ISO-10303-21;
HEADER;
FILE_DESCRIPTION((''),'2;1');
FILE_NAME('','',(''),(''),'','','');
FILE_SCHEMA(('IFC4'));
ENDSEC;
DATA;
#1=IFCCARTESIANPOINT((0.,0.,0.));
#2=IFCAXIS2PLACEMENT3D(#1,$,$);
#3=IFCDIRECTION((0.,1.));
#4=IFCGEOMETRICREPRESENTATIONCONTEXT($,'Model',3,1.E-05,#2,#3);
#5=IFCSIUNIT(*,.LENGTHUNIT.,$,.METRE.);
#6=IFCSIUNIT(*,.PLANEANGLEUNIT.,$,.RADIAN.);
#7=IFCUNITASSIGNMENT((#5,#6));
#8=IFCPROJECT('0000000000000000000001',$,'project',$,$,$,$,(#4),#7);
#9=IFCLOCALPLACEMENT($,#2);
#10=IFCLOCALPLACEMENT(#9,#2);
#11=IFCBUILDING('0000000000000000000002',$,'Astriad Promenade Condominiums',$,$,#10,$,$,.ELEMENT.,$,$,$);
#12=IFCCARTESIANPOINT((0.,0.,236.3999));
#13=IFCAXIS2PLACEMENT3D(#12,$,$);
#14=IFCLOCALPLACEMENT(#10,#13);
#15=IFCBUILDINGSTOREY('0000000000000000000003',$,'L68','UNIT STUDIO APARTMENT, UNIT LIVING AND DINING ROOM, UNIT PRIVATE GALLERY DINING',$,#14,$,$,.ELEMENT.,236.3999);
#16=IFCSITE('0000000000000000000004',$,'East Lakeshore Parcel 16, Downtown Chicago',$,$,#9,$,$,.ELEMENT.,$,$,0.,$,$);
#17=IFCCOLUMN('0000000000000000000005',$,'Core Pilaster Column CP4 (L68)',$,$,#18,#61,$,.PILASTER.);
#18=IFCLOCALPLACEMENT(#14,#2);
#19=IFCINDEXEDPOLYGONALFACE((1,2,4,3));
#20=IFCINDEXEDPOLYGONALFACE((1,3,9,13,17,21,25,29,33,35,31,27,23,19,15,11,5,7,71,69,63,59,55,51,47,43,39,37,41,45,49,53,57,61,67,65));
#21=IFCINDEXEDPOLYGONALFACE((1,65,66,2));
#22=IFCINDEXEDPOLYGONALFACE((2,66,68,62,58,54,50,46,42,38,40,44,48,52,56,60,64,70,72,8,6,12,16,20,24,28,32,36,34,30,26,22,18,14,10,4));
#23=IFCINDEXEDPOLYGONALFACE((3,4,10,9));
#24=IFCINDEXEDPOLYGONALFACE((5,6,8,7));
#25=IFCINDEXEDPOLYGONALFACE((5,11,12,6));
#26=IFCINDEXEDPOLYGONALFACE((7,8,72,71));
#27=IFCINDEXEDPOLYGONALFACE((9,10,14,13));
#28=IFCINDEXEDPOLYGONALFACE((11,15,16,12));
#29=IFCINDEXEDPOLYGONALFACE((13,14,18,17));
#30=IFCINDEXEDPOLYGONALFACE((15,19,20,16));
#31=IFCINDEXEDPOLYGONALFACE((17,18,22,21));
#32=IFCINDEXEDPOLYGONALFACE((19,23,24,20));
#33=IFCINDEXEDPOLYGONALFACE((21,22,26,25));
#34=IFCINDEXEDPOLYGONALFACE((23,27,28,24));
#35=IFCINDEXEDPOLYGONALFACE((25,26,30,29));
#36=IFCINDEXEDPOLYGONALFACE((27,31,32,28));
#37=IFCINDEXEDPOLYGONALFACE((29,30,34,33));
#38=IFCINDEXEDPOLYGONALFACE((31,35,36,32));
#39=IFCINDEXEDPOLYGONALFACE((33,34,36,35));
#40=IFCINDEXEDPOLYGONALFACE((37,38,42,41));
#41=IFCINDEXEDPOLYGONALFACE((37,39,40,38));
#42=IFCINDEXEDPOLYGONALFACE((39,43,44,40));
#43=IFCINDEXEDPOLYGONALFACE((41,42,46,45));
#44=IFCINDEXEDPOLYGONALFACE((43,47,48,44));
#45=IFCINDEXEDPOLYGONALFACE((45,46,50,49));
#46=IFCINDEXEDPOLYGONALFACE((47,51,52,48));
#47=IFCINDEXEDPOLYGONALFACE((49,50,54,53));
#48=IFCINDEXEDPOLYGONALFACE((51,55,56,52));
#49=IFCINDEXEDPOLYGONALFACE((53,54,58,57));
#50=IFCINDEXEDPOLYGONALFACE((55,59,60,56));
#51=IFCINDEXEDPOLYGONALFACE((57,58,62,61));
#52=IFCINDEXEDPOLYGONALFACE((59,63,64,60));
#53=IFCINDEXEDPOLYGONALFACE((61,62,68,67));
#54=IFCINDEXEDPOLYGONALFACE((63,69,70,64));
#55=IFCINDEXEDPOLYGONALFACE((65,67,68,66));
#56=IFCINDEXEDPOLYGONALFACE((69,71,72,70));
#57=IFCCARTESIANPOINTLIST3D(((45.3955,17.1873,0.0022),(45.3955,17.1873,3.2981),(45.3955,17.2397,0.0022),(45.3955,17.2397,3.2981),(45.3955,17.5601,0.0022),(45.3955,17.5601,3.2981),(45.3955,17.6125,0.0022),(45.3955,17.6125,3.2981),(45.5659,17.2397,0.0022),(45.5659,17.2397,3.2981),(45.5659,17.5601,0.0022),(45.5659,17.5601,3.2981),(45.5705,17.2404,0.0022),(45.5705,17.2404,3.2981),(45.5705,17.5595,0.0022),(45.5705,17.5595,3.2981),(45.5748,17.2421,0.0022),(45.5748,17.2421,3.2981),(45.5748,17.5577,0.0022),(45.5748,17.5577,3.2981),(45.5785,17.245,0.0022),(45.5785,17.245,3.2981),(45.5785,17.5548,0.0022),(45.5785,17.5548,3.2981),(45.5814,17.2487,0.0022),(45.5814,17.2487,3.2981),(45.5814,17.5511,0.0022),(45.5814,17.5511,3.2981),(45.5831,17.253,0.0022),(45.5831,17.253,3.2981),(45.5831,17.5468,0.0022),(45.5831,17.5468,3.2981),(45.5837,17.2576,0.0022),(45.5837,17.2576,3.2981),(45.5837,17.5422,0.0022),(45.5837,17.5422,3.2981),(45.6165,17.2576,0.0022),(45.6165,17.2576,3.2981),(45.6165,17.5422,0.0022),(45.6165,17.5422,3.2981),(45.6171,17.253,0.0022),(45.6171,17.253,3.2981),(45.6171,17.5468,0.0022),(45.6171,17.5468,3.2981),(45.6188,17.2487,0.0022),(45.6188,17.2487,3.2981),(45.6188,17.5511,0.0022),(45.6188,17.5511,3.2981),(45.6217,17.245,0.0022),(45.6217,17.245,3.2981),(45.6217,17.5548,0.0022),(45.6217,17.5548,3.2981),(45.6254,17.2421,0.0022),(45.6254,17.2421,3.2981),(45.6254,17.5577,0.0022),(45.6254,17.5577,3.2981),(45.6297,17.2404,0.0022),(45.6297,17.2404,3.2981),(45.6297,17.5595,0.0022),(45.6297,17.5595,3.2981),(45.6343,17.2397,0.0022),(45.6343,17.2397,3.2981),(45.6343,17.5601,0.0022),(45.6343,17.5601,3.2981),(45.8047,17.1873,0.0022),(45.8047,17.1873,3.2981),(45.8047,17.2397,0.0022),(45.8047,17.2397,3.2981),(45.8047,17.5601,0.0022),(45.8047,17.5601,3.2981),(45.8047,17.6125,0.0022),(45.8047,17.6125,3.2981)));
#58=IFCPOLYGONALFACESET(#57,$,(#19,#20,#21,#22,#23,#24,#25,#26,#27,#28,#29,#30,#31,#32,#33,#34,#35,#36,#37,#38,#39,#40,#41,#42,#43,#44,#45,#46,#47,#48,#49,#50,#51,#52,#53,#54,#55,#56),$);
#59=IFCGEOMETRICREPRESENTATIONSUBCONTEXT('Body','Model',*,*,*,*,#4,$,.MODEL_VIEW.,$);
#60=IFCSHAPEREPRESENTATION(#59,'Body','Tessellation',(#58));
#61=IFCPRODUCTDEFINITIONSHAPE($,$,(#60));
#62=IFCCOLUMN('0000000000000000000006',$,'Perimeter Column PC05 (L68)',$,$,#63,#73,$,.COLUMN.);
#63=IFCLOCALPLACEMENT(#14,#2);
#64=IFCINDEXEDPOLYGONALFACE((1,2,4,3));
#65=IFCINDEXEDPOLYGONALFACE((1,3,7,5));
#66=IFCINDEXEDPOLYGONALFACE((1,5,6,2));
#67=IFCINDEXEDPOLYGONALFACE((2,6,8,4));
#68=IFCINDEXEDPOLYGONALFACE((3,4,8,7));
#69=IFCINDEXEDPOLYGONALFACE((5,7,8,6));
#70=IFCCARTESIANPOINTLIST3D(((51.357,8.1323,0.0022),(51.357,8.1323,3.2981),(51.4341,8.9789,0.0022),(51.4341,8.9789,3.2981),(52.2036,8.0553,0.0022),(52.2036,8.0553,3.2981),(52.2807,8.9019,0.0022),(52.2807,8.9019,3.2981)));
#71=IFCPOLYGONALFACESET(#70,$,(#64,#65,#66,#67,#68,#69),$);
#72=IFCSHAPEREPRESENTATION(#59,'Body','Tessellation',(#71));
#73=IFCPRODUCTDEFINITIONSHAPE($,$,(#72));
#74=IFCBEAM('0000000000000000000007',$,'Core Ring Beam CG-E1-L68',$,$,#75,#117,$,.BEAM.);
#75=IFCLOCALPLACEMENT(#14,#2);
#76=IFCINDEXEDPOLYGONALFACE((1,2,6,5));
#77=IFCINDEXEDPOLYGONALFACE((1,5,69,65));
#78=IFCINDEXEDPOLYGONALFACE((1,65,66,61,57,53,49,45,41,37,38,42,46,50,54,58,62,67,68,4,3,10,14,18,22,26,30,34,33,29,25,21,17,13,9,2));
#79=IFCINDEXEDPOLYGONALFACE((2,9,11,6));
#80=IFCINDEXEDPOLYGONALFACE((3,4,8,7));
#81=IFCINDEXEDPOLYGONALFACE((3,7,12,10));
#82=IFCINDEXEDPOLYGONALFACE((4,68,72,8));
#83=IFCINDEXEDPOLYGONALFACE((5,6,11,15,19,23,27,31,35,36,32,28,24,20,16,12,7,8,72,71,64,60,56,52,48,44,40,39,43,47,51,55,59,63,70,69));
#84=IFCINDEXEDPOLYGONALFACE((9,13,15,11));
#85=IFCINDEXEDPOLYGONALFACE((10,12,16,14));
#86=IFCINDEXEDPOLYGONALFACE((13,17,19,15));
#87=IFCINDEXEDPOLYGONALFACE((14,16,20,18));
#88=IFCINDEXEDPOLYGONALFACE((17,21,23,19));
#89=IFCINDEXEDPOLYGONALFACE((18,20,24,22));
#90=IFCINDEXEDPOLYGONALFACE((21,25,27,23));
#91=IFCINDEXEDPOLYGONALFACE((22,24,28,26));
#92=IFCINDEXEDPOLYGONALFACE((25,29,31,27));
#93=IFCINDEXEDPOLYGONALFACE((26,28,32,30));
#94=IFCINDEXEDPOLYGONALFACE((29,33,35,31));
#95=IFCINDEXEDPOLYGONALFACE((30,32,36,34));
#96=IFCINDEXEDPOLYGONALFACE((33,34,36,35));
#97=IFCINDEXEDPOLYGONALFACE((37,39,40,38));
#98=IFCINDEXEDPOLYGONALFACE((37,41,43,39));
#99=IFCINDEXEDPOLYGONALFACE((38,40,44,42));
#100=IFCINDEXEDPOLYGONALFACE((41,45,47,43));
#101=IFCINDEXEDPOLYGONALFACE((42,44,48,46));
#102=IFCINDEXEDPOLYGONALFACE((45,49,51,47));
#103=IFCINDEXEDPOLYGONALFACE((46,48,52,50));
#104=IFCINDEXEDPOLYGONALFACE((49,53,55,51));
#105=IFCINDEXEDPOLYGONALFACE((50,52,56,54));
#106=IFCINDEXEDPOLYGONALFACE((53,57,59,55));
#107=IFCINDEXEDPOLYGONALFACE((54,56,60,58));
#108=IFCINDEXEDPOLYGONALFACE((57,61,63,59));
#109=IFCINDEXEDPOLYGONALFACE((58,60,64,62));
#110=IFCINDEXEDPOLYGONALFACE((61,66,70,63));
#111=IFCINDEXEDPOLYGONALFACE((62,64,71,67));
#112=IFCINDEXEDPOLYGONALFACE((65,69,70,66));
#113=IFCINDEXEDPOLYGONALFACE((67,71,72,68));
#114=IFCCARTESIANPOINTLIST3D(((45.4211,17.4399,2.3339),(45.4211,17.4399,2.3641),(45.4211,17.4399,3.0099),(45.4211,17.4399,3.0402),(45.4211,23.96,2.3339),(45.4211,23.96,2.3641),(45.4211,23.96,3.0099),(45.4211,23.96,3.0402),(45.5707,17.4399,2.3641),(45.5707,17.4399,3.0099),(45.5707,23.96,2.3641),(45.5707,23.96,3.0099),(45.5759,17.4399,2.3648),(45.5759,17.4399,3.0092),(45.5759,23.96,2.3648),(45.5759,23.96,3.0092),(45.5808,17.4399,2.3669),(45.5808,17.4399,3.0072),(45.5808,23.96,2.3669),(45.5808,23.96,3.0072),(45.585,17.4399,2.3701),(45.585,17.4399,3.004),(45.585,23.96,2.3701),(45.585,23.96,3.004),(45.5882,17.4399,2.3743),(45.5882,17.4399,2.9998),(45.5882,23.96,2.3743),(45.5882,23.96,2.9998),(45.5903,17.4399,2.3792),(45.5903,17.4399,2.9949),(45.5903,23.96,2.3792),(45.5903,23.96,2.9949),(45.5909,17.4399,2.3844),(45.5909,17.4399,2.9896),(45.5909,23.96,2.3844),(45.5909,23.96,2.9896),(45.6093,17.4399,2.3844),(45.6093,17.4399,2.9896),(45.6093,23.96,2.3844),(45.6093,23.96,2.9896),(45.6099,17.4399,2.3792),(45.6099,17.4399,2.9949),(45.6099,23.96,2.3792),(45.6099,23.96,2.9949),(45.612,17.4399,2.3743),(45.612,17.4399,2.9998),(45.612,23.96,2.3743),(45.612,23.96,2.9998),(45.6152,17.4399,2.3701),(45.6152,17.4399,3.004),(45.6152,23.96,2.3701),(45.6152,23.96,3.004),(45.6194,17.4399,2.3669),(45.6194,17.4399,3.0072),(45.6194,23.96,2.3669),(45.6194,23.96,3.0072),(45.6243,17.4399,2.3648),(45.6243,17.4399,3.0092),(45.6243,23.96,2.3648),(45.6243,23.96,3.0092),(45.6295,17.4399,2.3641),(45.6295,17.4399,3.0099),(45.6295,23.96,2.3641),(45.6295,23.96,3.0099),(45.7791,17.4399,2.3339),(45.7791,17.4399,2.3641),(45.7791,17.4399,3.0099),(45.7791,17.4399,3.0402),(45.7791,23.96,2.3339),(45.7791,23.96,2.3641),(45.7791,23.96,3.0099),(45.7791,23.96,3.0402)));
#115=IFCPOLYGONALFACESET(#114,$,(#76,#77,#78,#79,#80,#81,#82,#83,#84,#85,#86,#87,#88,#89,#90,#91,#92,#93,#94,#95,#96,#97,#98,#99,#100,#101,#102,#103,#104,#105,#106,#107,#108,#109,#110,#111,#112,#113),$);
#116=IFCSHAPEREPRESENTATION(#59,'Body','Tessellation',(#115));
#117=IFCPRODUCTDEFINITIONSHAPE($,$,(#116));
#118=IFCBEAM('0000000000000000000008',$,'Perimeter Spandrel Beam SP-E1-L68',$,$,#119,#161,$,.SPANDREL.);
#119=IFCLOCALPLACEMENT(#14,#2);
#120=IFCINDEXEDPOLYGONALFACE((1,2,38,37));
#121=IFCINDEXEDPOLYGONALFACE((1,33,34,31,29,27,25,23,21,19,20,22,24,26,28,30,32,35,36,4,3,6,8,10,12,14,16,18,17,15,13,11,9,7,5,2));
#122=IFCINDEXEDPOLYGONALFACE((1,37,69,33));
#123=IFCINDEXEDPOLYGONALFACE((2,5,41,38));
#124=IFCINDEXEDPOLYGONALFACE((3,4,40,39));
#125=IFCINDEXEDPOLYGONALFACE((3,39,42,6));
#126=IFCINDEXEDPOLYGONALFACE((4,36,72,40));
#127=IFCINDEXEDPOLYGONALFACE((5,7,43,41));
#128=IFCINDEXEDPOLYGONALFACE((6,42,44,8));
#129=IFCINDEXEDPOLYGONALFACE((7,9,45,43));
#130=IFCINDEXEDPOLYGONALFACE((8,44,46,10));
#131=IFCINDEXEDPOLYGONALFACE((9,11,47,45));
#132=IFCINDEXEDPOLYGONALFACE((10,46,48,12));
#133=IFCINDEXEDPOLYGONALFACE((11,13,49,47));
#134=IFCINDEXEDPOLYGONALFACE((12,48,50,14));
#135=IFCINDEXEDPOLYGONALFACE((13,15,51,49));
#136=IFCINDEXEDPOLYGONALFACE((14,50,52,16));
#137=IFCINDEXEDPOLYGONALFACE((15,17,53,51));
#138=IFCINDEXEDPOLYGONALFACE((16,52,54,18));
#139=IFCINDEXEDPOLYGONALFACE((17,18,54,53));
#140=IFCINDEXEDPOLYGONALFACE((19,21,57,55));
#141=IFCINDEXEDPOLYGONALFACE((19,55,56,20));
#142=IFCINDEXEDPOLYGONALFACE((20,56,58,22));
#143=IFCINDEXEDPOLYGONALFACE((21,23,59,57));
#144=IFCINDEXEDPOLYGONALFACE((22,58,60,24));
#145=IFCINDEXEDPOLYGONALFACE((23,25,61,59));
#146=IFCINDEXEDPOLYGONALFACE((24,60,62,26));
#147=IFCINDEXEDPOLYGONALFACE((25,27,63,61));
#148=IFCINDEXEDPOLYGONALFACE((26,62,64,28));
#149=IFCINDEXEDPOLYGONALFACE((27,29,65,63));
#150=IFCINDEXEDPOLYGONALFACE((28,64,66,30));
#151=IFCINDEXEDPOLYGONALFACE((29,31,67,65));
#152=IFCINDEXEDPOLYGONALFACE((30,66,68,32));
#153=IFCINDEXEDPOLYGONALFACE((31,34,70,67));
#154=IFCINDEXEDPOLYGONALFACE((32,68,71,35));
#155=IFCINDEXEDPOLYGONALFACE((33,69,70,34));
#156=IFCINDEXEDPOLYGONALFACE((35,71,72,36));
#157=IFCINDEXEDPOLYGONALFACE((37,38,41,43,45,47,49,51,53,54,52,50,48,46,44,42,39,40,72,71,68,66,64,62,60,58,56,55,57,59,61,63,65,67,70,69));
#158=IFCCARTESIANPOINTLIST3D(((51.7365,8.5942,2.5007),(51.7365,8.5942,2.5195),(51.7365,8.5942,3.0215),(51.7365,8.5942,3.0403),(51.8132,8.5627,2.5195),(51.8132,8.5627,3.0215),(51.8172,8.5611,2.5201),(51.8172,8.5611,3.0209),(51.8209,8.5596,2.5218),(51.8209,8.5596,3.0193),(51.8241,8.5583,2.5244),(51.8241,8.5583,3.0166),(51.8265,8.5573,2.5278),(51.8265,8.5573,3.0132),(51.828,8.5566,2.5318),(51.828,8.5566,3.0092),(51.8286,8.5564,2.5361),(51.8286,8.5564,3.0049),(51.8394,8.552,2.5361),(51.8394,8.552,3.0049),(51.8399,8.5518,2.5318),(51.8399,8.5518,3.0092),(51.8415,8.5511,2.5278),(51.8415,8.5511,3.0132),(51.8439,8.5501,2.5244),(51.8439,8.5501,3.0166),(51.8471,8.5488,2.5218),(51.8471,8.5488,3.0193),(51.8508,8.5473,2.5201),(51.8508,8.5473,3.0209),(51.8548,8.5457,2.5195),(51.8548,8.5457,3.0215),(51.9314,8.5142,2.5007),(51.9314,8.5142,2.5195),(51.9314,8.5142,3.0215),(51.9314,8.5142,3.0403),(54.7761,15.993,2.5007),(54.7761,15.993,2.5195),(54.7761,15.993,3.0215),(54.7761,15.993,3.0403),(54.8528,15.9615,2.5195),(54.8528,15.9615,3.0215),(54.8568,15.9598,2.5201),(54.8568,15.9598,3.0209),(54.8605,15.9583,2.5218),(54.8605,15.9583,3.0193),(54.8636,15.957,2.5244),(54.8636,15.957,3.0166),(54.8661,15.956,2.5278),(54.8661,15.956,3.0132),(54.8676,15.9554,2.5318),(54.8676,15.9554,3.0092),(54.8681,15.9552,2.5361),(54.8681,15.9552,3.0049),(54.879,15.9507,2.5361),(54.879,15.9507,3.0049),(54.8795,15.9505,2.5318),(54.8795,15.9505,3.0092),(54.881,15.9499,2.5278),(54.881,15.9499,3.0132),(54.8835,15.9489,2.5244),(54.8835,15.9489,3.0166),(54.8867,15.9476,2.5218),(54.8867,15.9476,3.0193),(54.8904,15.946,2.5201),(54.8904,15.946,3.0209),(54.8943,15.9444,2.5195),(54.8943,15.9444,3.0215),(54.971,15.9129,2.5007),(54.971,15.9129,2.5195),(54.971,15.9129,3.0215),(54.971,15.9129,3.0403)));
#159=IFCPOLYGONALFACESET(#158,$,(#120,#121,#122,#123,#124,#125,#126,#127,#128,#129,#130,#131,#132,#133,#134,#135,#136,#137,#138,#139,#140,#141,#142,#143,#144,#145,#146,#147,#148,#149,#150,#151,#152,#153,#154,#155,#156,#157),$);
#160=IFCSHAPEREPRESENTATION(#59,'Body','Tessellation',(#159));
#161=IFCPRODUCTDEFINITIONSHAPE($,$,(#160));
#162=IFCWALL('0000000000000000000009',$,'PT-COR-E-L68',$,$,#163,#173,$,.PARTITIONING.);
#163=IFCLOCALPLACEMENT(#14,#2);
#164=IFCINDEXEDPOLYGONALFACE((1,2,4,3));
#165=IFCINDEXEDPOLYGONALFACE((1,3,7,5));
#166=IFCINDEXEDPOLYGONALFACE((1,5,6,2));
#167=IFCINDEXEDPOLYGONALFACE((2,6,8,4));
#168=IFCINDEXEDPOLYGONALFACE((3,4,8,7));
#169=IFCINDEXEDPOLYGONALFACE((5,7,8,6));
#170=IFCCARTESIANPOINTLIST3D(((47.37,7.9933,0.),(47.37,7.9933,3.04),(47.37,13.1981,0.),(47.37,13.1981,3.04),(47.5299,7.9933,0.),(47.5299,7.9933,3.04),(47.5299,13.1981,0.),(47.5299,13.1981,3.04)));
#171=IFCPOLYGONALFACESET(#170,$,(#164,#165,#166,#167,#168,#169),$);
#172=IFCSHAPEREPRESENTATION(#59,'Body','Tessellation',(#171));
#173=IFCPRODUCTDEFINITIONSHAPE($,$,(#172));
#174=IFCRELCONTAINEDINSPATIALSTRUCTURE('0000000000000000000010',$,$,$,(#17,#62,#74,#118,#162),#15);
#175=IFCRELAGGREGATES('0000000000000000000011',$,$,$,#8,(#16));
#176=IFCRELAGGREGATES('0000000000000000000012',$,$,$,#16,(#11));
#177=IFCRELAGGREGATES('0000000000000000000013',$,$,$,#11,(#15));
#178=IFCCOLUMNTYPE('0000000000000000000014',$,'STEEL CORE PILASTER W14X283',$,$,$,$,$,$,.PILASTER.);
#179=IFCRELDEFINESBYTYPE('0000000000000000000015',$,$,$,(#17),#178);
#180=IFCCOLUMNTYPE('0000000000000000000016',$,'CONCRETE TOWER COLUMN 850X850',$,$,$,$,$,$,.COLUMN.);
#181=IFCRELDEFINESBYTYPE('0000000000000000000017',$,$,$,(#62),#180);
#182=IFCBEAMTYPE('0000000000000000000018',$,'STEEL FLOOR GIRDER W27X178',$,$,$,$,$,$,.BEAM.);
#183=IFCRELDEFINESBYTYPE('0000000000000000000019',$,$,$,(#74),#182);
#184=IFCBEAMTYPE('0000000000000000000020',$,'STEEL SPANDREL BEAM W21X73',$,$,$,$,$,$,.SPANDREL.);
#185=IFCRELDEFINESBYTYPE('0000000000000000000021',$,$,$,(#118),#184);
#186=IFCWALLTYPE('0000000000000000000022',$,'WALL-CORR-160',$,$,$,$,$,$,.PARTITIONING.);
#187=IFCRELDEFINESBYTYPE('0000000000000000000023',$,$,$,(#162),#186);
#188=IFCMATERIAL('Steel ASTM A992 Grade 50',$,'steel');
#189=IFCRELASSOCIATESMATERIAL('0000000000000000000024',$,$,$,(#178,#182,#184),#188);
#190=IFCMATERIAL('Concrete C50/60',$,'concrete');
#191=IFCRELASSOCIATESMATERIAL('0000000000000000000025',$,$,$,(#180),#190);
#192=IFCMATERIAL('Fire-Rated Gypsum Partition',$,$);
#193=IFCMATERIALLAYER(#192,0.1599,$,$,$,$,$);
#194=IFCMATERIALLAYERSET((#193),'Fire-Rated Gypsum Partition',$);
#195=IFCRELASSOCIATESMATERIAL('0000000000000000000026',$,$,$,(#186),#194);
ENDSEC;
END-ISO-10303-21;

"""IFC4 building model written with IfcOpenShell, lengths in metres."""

from ifc_helpers import new_model, si_unit, direction, frame, frame_2d, origin, origin_2d, place, context, subcontext, project, spatial, rectangle, i_section, extrude, source, transform, mapped, material, layer, layer_set, material_profile, profile_set, type_object, type_shapes, element, save


model = new_model("IFC4")

# Units and contexts
model_context = context("Model", 3, precision=1e-05, world=origin(), true_north=direction((0.0, 1.0)))
body_context = subcontext(model_context, "Body", "Model", "MODEL_VIEW")
ifc_project = project(units=[si_unit("LENGTHUNIT", "METRE"), si_unit("PLANEANGLEUNIT", "RADIAN")], contexts=[model_context])

# Site, building, storey
site_placement = place(None, origin())
site = spatial("IfcSite", under=ifc_project, at=site_placement, Name="East Lakeshore Parcel 16, Downtown Chicago", CompositionType="ELEMENT", RefElevation=0.0)
building_placement = place(site_placement, origin())
building = spatial("IfcBuilding", under=site, at=building_placement, Name="Astriad Promenade Condominiums", CompositionType="ELEMENT")
storey_placement = place(building_placement, frame((0.0, 0.0, 236.3999)))
storey = spatial("IfcBuildingStorey", under=building, at=storey_placement, Name="L68", Description="UNIT STUDIO APARTMENT, UNIT LIVING AND DINING ROOM, UNIT PRIVATE GALLERY DINING", CompositionType="ELEMENT", Elevation=236.3999)

# Columns
ifc_material_1 = material(Name="Steel ASTM A992 Grade 50", Category="steel")
ifc_material_profile_1 = material_profile(ifc_material_1, i_section(OverallWidth=0.4092, OverallDepth=0.4253, WebThickness=0.0327, FlangeThickness=0.0525, FilletRadius=0.0178, at=origin_2d()), Name="W14X283")
ifc_profile_set_1 = profile_set([ifc_material_profile_1], Name="Steel ASTM A992 Grade 50")
column_type_1 = type_object("IfcColumnType", Name="STEEL CORE PILASTER W14X283", PredefinedType="PILASTER", material=ifc_profile_set_1)
shared_shape_1 = source(origin(), body_context, "Body", "SweptSolid", [
    extrude(i_section(OverallWidth=0.4092, OverallDepth=0.4253, WebThickness=0.0327, FlangeThickness=0.0525, FilletRadius=0.0178, at=origin_2d()), origin(), (0.0, 0.0, 1.0), 3.2959),
])
type_shapes(column_type_1, [shared_shape_1])
column_1_placement = place(storey_placement, frame((45.6001, 17.3999, 0.0022), z_axis=(0.0, 0.0, 1.0), x_axis=(1.0, 0.0, 0.0)))
element("IfcColumn", 1, at=column_1_placement, inside=storey, type_object=column_type_1, Name="Core Pilaster Column CP4 (L68)", PredefinedType="PILASTER", context=body_context, shape_type="MappedRepresentation", body=[
    mapped(shared_shape_1, transform((0.0, 0.0, 0.0), scale=1.0)),
])
ifc_material_2 = material(Name="Concrete C50/60", Category="concrete")
ifc_material_profile_2 = material_profile(ifc_material_2, rectangle(XDim=0.8501, YDim=0.8501, at=origin_2d()), Name="RC-COL-850X850")
ifc_profile_set_2 = profile_set([ifc_material_profile_2], Name="Concrete C50/60")
column_type_2 = type_object("IfcColumnType", Name="CONCRETE TOWER COLUMN 850X850", PredefinedType="COLUMN", material=ifc_profile_set_2)
shared_shape_2 = source(origin(), body_context, "Body", "SweptSolid", [
    extrude(rectangle(XDim=0.8501, YDim=0.8501, at=origin_2d()), origin(), (0.0, 0.0, 1.0), 3.2959),
])
type_shapes(column_type_2, [shared_shape_2])
column_2_placement = place(storey_placement, frame((51.8188, 8.5171, 0.0022), z_axis=(0.0, 0.0, 1.0), x_axis=(0.995884, -0.090633, 0.0)))
element("IfcColumn", 2, at=column_2_placement, inside=storey, type_object=column_type_2, Name="Perimeter Column PC05 (L68)", PredefinedType="COLUMN", context=body_context, shape_type="MappedRepresentation", body=[
    mapped(shared_shape_2, transform((0.0, 0.0, 0.0), scale=1.0)),
])

# Beams
ifc_material_profile_3 = material_profile(ifc_material_1, i_section(OverallWidth=0.3579, OverallDepth=0.7063, WebThickness=0.0183, FlangeThickness=0.0303, FilletRadius=0.0203, at=origin_2d()), Name="W27X178")
ifc_profile_set_3 = profile_set([ifc_material_profile_3], Name="Steel ASTM A992 Grade 50")
beam_type_1 = type_object("IfcBeamType", Name="STEEL FLOOR GIRDER W27X178", PredefinedType="BEAM", material=ifc_profile_set_3)
shared_shape_3 = source(origin(), body_context, "Body", "SweptSolid", [
    extrude(i_section(OverallWidth=0.3579, OverallDepth=0.7063, WebThickness=0.0183, FlangeThickness=0.0303, FilletRadius=0.0203, at=origin_2d()), origin(), (0.0, 0.0, 1.0), 6.52),
])
type_shapes(beam_type_1, [shared_shape_3])
beam_1_placement = place(storey_placement, frame((45.6001, 17.4399, 2.687), z_axis=(0.0, 1.0, 0.0), x_axis=(-1.0, 0.0, 0.0)))
element("IfcBeam", 3, at=beam_1_placement, inside=storey, type_object=beam_type_1, Name="Core Ring Beam CG-E1-L68", PredefinedType="BEAM", context=body_context, shape_type="MappedRepresentation", body=[
    mapped(shared_shape_3, transform((0.0, 0.0, 0.0), scale=1.0)),
])
ifc_material_profile_4 = material_profile(ifc_material_1, i_section(OverallWidth=0.2107, OverallDepth=0.5396, WebThickness=0.0117, FlangeThickness=0.0188, FilletRadius=0.0166, at=origin_2d()), Name="W21X73")
ifc_profile_set_4 = profile_set([ifc_material_profile_4], Name="Steel ASTM A992 Grade 50")
beam_type_2 = type_object("IfcBeamType", Name="STEEL SPANDREL BEAM W21X73", PredefinedType="SPANDREL", material=ifc_profile_set_4)
shared_shape_4 = source(origin(), body_context, "Body", "SweptSolid", [
    extrude(i_section(OverallWidth=0.2107, OverallDepth=0.5396, WebThickness=0.0117, FlangeThickness=0.0188, FilletRadius=0.0166, at=origin_2d()), origin(), (0.0, 0.0, 1.0), 7.9988),
])
type_shapes(beam_type_2, [shared_shape_4])
beam_2_placement = place(storey_placement, frame((51.834, 8.5542, 2.7705), z_axis=(0.380005, 0.924984, 0.0), x_axis=(-0.924984, 0.380005, 0.0)))
element("IfcBeam", 4, at=beam_2_placement, inside=storey, type_object=beam_type_2, Name="Perimeter Spandrel Beam SP-E1-L68", PredefinedType="SPANDREL", context=body_context, shape_type="MappedRepresentation", body=[
    mapped(shared_shape_4, transform((0.0, 0.0, 0.0), scale=1.0)),
])

# Wall
ifc_material_3 = material(Name="Fire-Rated Gypsum Partition")
ifc_layer_1 = layer(ifc_material_3, 0.1599)
ifc_layer_set_1 = layer_set([ifc_layer_1], Name="Fire-Rated Gypsum Partition")
wall_type_1 = type_object("IfcWallType", Name="WALL-CORR-160", PredefinedType="PARTITIONING", material=ifc_layer_set_1)
wall_1_placement = place(storey_placement, frame((47.45, 7.9932, 0.0), z_axis=(0.0, 0.0, 1.0), x_axis=(0.0, 1.0, 0.0)))
element("IfcWall", 5, at=wall_1_placement, inside=storey, type_object=wall_type_1, Name="PT-COR-E-L68", PredefinedType="PARTITIONING", context=body_context, shape_type="SweptSolid", body=[
    extrude(rectangle(XDim=5.2048, YDim=0.1599, at=frame_2d((2.6025, 0.0))), origin(), (0.0, 0.0, 1.0), 3.04),
])

save(model, "model.ifc")
